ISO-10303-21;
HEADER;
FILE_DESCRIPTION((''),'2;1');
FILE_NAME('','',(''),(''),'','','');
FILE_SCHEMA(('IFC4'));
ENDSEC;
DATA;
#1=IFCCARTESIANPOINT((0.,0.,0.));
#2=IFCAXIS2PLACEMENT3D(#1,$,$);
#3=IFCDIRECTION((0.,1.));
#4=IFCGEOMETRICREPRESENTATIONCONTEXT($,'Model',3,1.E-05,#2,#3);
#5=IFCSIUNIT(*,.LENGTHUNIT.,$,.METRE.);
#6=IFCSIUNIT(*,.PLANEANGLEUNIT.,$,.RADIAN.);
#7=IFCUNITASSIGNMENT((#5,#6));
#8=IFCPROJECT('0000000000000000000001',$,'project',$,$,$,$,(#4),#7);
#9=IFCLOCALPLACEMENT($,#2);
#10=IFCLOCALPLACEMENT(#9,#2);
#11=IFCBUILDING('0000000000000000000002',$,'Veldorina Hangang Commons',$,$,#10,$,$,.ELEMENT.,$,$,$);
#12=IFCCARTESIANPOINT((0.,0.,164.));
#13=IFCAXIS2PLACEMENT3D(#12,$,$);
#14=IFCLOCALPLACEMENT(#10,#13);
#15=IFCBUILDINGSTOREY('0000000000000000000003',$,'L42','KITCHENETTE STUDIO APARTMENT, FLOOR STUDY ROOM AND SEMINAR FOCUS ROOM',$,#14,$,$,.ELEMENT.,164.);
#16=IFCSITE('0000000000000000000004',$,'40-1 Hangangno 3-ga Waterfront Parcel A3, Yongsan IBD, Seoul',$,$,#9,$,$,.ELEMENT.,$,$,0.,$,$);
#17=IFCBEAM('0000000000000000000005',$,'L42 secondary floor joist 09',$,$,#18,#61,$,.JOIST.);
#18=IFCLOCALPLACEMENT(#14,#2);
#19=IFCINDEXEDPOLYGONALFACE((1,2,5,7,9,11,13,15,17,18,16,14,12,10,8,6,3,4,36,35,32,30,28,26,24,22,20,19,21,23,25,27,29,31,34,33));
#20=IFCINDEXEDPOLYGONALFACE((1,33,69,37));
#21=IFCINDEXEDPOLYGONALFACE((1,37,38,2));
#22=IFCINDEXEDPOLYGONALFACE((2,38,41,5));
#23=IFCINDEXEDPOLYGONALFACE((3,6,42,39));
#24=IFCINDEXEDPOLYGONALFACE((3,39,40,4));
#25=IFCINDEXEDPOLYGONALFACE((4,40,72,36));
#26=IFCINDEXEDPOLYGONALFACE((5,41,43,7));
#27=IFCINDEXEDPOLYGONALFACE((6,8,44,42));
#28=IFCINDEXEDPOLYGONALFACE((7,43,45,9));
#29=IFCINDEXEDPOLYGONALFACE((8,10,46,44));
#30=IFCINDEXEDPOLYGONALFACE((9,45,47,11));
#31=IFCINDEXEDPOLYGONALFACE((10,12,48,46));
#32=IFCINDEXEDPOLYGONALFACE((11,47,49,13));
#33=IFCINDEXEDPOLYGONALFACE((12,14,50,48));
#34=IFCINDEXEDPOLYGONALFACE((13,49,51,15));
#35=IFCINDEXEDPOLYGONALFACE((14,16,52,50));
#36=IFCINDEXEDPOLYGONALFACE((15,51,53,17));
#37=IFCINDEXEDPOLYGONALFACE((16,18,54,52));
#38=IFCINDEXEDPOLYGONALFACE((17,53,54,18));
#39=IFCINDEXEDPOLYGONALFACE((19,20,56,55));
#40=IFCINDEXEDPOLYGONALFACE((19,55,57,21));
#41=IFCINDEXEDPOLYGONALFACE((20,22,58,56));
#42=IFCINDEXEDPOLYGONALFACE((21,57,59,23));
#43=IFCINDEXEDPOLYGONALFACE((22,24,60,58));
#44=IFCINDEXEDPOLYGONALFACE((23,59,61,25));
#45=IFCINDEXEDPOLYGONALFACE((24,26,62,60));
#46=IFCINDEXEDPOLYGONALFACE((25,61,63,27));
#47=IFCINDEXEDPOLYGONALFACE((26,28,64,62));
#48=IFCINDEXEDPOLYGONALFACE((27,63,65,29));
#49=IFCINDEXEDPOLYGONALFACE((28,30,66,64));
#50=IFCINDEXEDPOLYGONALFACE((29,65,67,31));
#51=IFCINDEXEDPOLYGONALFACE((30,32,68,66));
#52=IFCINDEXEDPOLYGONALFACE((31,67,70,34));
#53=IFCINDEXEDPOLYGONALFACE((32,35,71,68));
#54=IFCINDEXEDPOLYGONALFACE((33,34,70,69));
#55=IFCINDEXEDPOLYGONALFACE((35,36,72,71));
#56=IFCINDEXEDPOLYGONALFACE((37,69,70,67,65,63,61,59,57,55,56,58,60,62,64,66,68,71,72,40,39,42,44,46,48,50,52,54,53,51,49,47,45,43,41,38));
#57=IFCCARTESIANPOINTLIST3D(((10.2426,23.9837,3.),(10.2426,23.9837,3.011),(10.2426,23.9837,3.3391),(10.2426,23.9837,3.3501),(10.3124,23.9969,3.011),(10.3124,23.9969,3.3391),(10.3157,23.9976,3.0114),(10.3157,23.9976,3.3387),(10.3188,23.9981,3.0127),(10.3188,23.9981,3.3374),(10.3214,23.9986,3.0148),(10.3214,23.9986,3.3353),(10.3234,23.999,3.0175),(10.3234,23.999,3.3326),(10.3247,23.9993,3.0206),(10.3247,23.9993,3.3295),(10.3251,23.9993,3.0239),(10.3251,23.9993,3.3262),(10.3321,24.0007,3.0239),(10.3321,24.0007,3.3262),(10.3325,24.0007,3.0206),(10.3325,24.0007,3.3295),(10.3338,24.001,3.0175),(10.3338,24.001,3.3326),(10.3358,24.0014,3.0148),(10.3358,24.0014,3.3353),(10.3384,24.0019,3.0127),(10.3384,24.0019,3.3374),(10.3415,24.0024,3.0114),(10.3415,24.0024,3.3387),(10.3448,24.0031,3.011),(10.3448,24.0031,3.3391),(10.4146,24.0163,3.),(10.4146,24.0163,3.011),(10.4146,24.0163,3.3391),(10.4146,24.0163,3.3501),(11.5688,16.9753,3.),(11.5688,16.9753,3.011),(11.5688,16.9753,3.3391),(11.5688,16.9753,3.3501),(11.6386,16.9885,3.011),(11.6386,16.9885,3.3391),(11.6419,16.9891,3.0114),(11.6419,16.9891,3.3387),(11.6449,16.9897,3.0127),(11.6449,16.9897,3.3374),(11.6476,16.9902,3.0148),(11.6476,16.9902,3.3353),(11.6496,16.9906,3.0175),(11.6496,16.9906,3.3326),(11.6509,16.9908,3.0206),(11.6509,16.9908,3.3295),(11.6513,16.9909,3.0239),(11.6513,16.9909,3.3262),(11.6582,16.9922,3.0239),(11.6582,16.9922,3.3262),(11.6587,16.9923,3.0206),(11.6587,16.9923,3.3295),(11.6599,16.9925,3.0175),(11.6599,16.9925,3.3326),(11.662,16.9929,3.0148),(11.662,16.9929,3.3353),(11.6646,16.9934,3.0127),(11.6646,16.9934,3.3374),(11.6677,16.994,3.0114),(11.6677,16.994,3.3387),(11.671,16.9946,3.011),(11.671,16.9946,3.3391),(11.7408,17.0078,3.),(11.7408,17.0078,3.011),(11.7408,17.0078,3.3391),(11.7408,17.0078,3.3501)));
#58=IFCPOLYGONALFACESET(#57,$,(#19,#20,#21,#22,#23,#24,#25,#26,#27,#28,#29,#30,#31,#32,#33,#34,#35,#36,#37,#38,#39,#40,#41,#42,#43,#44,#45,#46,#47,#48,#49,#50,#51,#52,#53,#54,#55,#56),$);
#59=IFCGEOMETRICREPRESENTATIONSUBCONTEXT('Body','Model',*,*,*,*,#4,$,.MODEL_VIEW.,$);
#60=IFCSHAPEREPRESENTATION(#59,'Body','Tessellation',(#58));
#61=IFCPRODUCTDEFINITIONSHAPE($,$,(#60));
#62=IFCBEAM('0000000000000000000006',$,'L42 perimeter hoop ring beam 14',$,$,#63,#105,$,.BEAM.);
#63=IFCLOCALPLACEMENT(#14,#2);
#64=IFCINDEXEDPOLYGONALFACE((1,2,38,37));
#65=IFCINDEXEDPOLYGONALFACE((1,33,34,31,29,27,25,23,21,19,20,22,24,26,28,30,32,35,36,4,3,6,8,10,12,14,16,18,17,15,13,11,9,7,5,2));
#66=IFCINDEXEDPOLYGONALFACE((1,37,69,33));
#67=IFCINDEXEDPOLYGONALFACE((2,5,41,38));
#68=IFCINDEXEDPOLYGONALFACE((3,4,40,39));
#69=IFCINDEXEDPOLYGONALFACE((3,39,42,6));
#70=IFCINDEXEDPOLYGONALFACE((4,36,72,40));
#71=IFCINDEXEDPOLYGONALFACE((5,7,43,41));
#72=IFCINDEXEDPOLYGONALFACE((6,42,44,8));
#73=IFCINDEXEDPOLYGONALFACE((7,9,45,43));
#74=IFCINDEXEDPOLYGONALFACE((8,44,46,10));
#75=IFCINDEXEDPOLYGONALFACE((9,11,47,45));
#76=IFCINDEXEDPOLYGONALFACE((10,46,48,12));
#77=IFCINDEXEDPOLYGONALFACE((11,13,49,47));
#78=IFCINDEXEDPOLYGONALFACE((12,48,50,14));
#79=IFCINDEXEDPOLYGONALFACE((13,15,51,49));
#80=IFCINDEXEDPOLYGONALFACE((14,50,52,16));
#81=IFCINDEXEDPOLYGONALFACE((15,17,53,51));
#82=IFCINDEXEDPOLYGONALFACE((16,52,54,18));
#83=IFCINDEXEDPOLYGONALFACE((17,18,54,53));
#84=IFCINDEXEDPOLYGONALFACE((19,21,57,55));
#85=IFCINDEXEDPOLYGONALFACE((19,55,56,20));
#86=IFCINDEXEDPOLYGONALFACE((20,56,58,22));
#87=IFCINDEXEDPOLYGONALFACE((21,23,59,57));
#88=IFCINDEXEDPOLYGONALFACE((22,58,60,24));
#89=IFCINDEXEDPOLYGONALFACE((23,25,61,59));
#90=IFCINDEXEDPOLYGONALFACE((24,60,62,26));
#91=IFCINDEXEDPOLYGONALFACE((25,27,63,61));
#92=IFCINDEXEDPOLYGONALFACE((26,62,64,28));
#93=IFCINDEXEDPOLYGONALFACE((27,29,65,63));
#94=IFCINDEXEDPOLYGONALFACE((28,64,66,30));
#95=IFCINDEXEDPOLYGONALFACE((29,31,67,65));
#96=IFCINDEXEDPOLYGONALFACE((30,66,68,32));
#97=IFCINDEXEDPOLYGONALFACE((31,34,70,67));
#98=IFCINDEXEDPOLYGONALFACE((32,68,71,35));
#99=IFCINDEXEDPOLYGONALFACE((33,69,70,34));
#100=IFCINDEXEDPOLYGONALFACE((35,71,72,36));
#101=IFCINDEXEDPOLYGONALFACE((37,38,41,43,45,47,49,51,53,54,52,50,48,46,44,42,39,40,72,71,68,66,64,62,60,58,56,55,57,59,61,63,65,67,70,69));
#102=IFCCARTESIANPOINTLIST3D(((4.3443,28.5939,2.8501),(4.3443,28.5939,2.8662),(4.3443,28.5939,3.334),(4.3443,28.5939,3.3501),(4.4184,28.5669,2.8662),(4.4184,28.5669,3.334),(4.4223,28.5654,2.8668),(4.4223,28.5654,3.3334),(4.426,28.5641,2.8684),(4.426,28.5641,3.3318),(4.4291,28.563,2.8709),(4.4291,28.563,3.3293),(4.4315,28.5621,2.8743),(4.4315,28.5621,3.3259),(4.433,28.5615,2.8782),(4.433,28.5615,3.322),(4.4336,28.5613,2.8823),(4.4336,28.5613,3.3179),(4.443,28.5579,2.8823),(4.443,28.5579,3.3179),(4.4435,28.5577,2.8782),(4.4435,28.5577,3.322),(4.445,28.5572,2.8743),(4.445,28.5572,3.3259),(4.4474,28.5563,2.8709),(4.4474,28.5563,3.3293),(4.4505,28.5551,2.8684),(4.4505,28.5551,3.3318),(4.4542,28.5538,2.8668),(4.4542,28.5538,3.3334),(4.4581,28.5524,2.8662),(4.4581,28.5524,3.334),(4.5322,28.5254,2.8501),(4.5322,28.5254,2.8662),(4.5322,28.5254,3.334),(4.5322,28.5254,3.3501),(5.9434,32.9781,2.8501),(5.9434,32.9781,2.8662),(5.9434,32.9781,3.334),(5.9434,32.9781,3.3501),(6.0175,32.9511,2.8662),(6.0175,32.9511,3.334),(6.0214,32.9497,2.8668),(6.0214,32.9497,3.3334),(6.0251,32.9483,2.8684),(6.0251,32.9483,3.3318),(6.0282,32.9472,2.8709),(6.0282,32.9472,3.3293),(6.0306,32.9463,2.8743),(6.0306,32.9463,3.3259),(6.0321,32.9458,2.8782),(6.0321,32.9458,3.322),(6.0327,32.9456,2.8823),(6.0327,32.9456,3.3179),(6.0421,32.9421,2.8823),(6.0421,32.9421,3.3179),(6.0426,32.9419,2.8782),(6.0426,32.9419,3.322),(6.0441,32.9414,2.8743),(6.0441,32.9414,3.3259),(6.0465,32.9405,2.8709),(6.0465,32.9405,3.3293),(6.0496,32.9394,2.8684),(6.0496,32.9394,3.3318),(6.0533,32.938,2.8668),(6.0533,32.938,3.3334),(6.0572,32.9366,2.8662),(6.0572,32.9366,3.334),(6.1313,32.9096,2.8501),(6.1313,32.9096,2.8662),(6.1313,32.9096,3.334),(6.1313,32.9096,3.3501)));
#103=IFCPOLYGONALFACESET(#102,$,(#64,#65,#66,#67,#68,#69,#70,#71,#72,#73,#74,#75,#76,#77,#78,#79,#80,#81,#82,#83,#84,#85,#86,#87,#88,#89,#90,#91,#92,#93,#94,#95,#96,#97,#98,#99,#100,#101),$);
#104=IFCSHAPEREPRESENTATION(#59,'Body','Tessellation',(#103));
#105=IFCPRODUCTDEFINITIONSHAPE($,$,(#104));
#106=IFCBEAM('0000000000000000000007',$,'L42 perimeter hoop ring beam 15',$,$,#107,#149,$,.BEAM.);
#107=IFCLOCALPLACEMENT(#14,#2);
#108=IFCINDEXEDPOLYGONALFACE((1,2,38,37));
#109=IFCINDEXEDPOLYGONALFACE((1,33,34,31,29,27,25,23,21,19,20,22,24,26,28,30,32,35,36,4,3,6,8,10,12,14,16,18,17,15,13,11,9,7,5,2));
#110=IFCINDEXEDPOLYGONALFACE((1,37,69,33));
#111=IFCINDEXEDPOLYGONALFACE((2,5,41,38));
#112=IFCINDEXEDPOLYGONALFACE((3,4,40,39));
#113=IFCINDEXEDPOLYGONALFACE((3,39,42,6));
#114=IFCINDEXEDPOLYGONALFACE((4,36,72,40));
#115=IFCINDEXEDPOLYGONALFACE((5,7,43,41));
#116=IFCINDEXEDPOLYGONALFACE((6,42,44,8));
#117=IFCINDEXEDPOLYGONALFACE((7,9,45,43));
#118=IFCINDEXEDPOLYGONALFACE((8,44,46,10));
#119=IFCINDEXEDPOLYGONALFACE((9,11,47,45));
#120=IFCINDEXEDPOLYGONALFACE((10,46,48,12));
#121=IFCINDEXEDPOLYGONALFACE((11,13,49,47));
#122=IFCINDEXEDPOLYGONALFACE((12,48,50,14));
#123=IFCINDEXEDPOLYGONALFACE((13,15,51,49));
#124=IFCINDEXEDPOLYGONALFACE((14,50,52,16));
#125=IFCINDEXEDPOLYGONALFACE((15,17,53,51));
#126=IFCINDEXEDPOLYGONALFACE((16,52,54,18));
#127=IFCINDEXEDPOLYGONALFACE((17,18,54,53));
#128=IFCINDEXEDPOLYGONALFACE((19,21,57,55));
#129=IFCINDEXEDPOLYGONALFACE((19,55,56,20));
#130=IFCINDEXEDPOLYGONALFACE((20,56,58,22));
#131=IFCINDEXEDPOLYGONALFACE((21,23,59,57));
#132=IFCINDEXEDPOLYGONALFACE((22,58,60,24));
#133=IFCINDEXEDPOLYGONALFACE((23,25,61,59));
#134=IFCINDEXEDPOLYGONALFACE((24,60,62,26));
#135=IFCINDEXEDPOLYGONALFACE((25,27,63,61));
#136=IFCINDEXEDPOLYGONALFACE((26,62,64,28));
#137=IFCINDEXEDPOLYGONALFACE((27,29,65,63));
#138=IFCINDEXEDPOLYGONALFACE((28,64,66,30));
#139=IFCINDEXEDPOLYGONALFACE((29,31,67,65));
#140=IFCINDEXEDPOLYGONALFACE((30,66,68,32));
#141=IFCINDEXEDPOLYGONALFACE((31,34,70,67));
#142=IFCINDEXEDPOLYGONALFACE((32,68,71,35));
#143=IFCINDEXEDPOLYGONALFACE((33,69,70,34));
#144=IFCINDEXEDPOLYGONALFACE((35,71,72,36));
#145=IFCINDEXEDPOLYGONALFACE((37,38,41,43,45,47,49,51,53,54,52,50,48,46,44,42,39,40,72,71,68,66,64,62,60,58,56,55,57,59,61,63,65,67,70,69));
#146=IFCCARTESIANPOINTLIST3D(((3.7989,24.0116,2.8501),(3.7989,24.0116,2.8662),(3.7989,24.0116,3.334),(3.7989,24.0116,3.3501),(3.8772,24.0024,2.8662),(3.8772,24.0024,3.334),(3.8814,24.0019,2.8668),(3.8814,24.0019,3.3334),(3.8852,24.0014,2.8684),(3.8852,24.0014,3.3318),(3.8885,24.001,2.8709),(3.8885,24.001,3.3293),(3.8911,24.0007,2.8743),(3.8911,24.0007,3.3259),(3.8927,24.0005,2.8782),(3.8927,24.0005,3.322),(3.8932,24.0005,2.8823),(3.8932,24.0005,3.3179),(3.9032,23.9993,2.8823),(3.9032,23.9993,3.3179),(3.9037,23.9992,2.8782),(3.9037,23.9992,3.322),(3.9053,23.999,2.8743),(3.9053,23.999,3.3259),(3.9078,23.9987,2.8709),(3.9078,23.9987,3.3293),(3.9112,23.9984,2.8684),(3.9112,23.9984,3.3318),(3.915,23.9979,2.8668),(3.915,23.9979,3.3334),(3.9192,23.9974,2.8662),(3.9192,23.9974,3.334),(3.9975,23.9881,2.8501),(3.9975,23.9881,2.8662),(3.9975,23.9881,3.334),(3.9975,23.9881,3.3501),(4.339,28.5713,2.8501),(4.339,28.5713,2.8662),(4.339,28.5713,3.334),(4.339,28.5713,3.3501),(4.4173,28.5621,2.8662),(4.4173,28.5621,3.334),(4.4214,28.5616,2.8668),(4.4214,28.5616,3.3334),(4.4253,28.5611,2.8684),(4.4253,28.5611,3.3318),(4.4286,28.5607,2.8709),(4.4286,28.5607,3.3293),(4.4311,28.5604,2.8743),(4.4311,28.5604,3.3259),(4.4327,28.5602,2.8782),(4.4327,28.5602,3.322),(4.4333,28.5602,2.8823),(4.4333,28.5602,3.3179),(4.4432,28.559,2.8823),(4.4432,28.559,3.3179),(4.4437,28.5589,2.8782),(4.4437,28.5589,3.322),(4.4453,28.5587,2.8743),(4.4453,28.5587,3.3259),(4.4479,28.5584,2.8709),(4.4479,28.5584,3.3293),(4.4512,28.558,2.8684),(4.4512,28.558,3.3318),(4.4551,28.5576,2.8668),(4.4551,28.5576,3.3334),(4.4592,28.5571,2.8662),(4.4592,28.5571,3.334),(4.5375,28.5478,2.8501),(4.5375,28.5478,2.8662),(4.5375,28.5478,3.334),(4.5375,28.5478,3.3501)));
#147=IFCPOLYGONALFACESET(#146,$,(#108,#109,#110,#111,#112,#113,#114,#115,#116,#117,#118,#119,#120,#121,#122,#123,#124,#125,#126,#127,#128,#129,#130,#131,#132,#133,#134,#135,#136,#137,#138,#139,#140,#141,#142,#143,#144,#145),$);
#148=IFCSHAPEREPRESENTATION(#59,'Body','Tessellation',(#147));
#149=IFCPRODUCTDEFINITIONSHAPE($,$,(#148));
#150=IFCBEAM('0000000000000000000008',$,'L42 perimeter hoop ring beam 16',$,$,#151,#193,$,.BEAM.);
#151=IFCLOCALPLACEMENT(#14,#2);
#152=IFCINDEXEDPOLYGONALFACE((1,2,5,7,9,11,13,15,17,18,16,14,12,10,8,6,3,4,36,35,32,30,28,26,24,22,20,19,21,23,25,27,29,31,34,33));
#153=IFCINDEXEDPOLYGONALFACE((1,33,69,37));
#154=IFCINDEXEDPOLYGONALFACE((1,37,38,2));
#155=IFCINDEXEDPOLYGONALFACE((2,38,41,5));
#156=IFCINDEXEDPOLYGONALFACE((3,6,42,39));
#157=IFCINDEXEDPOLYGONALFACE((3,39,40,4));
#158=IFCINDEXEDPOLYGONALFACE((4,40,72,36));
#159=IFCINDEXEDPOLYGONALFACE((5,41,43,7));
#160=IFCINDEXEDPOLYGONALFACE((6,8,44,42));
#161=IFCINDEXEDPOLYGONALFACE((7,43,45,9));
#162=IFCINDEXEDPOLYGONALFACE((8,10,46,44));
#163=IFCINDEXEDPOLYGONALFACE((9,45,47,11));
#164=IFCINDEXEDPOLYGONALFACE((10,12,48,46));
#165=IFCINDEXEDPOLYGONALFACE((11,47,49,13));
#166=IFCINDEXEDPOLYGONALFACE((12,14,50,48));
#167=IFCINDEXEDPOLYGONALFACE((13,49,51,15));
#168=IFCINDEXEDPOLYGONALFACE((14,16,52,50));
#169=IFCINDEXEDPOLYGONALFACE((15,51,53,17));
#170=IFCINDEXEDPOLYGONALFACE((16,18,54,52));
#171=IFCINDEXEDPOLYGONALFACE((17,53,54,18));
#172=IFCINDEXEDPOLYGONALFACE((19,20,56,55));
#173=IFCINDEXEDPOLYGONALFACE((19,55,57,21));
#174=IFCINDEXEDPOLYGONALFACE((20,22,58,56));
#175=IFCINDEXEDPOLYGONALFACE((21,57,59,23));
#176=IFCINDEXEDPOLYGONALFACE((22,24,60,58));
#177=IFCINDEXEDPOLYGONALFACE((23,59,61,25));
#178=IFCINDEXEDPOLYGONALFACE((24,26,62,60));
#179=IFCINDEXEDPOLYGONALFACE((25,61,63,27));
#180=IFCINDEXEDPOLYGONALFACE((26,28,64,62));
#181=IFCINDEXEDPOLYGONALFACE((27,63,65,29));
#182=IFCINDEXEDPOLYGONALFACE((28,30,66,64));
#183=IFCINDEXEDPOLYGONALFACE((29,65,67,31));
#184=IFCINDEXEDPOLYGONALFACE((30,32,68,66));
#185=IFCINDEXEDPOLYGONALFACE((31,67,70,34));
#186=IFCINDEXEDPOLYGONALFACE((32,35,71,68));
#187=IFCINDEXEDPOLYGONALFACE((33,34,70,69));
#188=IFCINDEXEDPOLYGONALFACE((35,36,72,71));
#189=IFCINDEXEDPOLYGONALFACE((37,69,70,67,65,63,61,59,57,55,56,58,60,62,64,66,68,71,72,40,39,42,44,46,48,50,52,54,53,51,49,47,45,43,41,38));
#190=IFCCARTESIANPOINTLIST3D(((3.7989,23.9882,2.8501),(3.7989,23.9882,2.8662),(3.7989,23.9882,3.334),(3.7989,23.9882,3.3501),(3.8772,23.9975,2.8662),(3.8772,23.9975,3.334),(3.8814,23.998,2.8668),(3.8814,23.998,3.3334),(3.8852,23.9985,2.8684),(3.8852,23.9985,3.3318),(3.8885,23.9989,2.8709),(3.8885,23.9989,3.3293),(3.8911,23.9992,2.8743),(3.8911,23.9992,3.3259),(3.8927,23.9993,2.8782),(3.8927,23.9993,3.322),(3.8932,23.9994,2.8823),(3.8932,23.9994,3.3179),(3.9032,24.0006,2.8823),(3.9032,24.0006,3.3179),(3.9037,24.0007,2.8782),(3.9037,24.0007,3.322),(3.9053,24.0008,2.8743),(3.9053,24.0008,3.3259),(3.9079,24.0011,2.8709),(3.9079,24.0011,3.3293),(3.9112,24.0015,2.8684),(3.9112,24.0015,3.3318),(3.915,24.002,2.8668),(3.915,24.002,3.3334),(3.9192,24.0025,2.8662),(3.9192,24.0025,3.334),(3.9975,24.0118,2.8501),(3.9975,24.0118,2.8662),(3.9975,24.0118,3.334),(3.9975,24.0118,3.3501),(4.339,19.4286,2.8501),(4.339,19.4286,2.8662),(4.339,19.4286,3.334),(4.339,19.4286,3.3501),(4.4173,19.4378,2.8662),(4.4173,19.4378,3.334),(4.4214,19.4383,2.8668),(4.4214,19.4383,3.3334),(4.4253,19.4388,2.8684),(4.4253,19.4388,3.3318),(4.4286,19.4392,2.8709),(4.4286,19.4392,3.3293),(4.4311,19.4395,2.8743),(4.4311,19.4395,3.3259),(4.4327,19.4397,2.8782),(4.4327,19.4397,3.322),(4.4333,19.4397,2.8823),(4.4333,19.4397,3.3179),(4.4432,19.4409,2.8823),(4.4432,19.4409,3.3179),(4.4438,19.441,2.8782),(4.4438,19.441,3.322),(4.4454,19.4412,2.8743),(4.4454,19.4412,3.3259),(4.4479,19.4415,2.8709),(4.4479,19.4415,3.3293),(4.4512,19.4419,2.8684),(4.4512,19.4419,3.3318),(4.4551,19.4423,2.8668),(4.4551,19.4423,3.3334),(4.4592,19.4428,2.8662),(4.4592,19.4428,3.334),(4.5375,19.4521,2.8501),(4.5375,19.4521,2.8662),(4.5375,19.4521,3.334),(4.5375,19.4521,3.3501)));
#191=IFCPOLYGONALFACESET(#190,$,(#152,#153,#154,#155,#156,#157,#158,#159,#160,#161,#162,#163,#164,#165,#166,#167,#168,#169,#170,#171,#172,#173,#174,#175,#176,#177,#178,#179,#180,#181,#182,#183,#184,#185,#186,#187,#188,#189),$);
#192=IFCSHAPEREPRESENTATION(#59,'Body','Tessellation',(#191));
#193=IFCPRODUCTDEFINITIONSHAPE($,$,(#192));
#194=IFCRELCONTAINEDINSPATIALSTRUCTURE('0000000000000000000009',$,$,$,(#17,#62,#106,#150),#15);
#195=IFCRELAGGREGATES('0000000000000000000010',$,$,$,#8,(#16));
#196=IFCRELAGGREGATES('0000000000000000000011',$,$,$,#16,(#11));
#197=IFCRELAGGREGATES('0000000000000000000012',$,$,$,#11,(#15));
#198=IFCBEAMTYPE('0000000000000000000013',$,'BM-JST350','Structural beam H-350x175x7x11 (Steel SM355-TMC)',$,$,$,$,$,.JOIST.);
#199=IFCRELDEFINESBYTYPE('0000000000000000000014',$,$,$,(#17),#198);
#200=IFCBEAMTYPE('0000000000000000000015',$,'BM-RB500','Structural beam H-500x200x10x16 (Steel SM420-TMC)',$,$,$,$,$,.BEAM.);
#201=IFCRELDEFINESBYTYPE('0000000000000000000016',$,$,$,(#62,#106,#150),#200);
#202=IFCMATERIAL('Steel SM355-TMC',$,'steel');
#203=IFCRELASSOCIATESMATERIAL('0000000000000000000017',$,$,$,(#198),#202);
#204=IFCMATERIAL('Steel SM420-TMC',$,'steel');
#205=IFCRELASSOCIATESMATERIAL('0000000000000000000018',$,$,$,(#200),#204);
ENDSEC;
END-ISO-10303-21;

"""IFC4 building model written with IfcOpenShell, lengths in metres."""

from ifc_helpers import new_model, si_unit, direction, frame, origin, origin_2d, place, context, subcontext, project, spatial, i_section, extrude, material, material_profile, profile_set, type_object, element, save


model = new_model("IFC4")

# Units and contexts
model_context = context("Model", 3, precision=1e-05, world=origin(), true_north=direction((0.0, 1.0)))
body_context = subcontext(model_context, "Body", "Model", "MODEL_VIEW")
ifc_project = project(units=[si_unit("LENGTHUNIT", "METRE"), si_unit("PLANEANGLEUNIT", "RADIAN")], contexts=[model_context])

# Site, building, storey
site_placement = place(None, origin())
site = spatial("IfcSite", under=ifc_project, at=site_placement, Name="40-1 Hangangno 3-ga Waterfront Parcel A3, Yongsan IBD, Seoul", CompositionType="ELEMENT", RefElevation=0.0)
building_placement = place(site_placement, origin())
building = spatial("IfcBuilding", under=site, at=building_placement, Name="Veldorina Hangang Commons", CompositionType="ELEMENT")
storey_placement = place(building_placement, frame((0.0, 0.0, 164.0)))
storey = spatial("IfcBuildingStorey", under=building, at=storey_placement, Name="L42", Description="KITCHENETTE STUDIO APARTMENT, FLOOR STUDY ROOM AND SEMINAR FOCUS ROOM", CompositionType="ELEMENT", Elevation=164.0)

# Beams
ifc_material_1 = material(Name="Steel SM355-TMC", Category="steel")
ifc_material_profile_1 = material_profile(ifc_material_1, i_section(OverallWidth=0.175, OverallDepth=0.3501, WebThickness=0.0071, FlangeThickness=0.011, FilletRadius=0.0129, at=origin_2d()), Name="H-350x175x7x11")
ifc_profile_set_1 = profile_set([ifc_material_profile_1], Name="Steel SM355-TMC")
beam_type_1 = type_object("IfcBeamType", Name="BM-JST350", Description="Structural beam H-350x175x7x11 (Steel SM355-TMC)", PredefinedType="JOIST", material=ifc_profile_set_1)
beam_1_placement = place(storey_placement, frame((10.3286, 24.0, 3.175), z_axis=(0.185923, -0.982564, 0.0), x_axis=(0.982564, 0.185923, 0.0)))
element("IfcBeam", 1, at=beam_1_placement, inside=storey, type_object=beam_type_1, Name="L42 secondary floor joist 09", PredefinedType="JOIST", context=body_context, shape_type="SweptSolid", body=[
    extrude(i_section(OverallWidth=0.175, OverallDepth=0.3501, WebThickness=0.0071, FlangeThickness=0.011, FilletRadius=0.0129, at=origin_2d()), origin(), (0.0, 0.0, 1.0), 7.1328),
])
ifc_material_2 = material(Name="Steel SM420-TMC", Category="steel")
ifc_material_profile_2 = material_profile(ifc_material_2, i_section(OverallWidth=0.2, OverallDepth=0.5, WebThickness=0.01, FlangeThickness=0.0161, FilletRadius=0.0161, at=origin_2d()), Name="H-500x200x10x16")
ifc_profile_set_2 = profile_set([ifc_material_profile_2], Name="Steel SM420-TMC")
beam_type_2 = type_object("IfcBeamType", Name="BM-RB500", Description="Structural beam H-500x200x10x16 (Steel SM420-TMC)", PredefinedType="BEAM", material=ifc_profile_set_2)
beam_2_placement = place(storey_placement, frame((6.0374, 32.9438, 3.1001), z_axis=(-0.342659, -0.93946, 0.0), x_axis=(0.93946, -0.342659, 0.0)))
element("IfcBeam", 2, at=beam_2_placement, inside=storey, type_object=beam_type_2, Name="L42 perimeter hoop ring beam 14", PredefinedType="BEAM", context=body_context, shape_type="SweptSolid", body=[
    extrude(i_section(OverallWidth=0.2, OverallDepth=0.5, WebThickness=0.01, FlangeThickness=0.0161, FilletRadius=0.0161, at=origin_2d()), origin(), (0.0, 0.0, 1.0), 4.6667),
])
for number, where, z_axis, x_axis, name in (
    (3, (4.4382, 28.5596, 3.1001), (-0.117619, -0.993059, 0.0), (0.993059, -0.117619, 0.0), "L42 perimeter hoop ring beam 15"),
    (4, (3.8982, 24.0, 3.1001), (0.117619, -0.993059, 0.0), (0.993059, 0.117619, 0.0), "L42 perimeter hoop ring beam 16"),
):
    element("IfcBeam", number, at=place(storey_placement, frame(where, z_axis=z_axis, x_axis=x_axis)), inside=storey, type_object=beam_type_2, Name=name, PredefinedType="BEAM", context=body_context, shape_type="SweptSolid", body=[
        extrude(i_section(OverallWidth=0.2, OverallDepth=0.5, WebThickness=0.01, FlangeThickness=0.0161, FilletRadius=0.0161, at=origin_2d()), origin(), (0.0, 0.0, 1.0), 4.5916),
    ])

save(model, "model.ifc")
